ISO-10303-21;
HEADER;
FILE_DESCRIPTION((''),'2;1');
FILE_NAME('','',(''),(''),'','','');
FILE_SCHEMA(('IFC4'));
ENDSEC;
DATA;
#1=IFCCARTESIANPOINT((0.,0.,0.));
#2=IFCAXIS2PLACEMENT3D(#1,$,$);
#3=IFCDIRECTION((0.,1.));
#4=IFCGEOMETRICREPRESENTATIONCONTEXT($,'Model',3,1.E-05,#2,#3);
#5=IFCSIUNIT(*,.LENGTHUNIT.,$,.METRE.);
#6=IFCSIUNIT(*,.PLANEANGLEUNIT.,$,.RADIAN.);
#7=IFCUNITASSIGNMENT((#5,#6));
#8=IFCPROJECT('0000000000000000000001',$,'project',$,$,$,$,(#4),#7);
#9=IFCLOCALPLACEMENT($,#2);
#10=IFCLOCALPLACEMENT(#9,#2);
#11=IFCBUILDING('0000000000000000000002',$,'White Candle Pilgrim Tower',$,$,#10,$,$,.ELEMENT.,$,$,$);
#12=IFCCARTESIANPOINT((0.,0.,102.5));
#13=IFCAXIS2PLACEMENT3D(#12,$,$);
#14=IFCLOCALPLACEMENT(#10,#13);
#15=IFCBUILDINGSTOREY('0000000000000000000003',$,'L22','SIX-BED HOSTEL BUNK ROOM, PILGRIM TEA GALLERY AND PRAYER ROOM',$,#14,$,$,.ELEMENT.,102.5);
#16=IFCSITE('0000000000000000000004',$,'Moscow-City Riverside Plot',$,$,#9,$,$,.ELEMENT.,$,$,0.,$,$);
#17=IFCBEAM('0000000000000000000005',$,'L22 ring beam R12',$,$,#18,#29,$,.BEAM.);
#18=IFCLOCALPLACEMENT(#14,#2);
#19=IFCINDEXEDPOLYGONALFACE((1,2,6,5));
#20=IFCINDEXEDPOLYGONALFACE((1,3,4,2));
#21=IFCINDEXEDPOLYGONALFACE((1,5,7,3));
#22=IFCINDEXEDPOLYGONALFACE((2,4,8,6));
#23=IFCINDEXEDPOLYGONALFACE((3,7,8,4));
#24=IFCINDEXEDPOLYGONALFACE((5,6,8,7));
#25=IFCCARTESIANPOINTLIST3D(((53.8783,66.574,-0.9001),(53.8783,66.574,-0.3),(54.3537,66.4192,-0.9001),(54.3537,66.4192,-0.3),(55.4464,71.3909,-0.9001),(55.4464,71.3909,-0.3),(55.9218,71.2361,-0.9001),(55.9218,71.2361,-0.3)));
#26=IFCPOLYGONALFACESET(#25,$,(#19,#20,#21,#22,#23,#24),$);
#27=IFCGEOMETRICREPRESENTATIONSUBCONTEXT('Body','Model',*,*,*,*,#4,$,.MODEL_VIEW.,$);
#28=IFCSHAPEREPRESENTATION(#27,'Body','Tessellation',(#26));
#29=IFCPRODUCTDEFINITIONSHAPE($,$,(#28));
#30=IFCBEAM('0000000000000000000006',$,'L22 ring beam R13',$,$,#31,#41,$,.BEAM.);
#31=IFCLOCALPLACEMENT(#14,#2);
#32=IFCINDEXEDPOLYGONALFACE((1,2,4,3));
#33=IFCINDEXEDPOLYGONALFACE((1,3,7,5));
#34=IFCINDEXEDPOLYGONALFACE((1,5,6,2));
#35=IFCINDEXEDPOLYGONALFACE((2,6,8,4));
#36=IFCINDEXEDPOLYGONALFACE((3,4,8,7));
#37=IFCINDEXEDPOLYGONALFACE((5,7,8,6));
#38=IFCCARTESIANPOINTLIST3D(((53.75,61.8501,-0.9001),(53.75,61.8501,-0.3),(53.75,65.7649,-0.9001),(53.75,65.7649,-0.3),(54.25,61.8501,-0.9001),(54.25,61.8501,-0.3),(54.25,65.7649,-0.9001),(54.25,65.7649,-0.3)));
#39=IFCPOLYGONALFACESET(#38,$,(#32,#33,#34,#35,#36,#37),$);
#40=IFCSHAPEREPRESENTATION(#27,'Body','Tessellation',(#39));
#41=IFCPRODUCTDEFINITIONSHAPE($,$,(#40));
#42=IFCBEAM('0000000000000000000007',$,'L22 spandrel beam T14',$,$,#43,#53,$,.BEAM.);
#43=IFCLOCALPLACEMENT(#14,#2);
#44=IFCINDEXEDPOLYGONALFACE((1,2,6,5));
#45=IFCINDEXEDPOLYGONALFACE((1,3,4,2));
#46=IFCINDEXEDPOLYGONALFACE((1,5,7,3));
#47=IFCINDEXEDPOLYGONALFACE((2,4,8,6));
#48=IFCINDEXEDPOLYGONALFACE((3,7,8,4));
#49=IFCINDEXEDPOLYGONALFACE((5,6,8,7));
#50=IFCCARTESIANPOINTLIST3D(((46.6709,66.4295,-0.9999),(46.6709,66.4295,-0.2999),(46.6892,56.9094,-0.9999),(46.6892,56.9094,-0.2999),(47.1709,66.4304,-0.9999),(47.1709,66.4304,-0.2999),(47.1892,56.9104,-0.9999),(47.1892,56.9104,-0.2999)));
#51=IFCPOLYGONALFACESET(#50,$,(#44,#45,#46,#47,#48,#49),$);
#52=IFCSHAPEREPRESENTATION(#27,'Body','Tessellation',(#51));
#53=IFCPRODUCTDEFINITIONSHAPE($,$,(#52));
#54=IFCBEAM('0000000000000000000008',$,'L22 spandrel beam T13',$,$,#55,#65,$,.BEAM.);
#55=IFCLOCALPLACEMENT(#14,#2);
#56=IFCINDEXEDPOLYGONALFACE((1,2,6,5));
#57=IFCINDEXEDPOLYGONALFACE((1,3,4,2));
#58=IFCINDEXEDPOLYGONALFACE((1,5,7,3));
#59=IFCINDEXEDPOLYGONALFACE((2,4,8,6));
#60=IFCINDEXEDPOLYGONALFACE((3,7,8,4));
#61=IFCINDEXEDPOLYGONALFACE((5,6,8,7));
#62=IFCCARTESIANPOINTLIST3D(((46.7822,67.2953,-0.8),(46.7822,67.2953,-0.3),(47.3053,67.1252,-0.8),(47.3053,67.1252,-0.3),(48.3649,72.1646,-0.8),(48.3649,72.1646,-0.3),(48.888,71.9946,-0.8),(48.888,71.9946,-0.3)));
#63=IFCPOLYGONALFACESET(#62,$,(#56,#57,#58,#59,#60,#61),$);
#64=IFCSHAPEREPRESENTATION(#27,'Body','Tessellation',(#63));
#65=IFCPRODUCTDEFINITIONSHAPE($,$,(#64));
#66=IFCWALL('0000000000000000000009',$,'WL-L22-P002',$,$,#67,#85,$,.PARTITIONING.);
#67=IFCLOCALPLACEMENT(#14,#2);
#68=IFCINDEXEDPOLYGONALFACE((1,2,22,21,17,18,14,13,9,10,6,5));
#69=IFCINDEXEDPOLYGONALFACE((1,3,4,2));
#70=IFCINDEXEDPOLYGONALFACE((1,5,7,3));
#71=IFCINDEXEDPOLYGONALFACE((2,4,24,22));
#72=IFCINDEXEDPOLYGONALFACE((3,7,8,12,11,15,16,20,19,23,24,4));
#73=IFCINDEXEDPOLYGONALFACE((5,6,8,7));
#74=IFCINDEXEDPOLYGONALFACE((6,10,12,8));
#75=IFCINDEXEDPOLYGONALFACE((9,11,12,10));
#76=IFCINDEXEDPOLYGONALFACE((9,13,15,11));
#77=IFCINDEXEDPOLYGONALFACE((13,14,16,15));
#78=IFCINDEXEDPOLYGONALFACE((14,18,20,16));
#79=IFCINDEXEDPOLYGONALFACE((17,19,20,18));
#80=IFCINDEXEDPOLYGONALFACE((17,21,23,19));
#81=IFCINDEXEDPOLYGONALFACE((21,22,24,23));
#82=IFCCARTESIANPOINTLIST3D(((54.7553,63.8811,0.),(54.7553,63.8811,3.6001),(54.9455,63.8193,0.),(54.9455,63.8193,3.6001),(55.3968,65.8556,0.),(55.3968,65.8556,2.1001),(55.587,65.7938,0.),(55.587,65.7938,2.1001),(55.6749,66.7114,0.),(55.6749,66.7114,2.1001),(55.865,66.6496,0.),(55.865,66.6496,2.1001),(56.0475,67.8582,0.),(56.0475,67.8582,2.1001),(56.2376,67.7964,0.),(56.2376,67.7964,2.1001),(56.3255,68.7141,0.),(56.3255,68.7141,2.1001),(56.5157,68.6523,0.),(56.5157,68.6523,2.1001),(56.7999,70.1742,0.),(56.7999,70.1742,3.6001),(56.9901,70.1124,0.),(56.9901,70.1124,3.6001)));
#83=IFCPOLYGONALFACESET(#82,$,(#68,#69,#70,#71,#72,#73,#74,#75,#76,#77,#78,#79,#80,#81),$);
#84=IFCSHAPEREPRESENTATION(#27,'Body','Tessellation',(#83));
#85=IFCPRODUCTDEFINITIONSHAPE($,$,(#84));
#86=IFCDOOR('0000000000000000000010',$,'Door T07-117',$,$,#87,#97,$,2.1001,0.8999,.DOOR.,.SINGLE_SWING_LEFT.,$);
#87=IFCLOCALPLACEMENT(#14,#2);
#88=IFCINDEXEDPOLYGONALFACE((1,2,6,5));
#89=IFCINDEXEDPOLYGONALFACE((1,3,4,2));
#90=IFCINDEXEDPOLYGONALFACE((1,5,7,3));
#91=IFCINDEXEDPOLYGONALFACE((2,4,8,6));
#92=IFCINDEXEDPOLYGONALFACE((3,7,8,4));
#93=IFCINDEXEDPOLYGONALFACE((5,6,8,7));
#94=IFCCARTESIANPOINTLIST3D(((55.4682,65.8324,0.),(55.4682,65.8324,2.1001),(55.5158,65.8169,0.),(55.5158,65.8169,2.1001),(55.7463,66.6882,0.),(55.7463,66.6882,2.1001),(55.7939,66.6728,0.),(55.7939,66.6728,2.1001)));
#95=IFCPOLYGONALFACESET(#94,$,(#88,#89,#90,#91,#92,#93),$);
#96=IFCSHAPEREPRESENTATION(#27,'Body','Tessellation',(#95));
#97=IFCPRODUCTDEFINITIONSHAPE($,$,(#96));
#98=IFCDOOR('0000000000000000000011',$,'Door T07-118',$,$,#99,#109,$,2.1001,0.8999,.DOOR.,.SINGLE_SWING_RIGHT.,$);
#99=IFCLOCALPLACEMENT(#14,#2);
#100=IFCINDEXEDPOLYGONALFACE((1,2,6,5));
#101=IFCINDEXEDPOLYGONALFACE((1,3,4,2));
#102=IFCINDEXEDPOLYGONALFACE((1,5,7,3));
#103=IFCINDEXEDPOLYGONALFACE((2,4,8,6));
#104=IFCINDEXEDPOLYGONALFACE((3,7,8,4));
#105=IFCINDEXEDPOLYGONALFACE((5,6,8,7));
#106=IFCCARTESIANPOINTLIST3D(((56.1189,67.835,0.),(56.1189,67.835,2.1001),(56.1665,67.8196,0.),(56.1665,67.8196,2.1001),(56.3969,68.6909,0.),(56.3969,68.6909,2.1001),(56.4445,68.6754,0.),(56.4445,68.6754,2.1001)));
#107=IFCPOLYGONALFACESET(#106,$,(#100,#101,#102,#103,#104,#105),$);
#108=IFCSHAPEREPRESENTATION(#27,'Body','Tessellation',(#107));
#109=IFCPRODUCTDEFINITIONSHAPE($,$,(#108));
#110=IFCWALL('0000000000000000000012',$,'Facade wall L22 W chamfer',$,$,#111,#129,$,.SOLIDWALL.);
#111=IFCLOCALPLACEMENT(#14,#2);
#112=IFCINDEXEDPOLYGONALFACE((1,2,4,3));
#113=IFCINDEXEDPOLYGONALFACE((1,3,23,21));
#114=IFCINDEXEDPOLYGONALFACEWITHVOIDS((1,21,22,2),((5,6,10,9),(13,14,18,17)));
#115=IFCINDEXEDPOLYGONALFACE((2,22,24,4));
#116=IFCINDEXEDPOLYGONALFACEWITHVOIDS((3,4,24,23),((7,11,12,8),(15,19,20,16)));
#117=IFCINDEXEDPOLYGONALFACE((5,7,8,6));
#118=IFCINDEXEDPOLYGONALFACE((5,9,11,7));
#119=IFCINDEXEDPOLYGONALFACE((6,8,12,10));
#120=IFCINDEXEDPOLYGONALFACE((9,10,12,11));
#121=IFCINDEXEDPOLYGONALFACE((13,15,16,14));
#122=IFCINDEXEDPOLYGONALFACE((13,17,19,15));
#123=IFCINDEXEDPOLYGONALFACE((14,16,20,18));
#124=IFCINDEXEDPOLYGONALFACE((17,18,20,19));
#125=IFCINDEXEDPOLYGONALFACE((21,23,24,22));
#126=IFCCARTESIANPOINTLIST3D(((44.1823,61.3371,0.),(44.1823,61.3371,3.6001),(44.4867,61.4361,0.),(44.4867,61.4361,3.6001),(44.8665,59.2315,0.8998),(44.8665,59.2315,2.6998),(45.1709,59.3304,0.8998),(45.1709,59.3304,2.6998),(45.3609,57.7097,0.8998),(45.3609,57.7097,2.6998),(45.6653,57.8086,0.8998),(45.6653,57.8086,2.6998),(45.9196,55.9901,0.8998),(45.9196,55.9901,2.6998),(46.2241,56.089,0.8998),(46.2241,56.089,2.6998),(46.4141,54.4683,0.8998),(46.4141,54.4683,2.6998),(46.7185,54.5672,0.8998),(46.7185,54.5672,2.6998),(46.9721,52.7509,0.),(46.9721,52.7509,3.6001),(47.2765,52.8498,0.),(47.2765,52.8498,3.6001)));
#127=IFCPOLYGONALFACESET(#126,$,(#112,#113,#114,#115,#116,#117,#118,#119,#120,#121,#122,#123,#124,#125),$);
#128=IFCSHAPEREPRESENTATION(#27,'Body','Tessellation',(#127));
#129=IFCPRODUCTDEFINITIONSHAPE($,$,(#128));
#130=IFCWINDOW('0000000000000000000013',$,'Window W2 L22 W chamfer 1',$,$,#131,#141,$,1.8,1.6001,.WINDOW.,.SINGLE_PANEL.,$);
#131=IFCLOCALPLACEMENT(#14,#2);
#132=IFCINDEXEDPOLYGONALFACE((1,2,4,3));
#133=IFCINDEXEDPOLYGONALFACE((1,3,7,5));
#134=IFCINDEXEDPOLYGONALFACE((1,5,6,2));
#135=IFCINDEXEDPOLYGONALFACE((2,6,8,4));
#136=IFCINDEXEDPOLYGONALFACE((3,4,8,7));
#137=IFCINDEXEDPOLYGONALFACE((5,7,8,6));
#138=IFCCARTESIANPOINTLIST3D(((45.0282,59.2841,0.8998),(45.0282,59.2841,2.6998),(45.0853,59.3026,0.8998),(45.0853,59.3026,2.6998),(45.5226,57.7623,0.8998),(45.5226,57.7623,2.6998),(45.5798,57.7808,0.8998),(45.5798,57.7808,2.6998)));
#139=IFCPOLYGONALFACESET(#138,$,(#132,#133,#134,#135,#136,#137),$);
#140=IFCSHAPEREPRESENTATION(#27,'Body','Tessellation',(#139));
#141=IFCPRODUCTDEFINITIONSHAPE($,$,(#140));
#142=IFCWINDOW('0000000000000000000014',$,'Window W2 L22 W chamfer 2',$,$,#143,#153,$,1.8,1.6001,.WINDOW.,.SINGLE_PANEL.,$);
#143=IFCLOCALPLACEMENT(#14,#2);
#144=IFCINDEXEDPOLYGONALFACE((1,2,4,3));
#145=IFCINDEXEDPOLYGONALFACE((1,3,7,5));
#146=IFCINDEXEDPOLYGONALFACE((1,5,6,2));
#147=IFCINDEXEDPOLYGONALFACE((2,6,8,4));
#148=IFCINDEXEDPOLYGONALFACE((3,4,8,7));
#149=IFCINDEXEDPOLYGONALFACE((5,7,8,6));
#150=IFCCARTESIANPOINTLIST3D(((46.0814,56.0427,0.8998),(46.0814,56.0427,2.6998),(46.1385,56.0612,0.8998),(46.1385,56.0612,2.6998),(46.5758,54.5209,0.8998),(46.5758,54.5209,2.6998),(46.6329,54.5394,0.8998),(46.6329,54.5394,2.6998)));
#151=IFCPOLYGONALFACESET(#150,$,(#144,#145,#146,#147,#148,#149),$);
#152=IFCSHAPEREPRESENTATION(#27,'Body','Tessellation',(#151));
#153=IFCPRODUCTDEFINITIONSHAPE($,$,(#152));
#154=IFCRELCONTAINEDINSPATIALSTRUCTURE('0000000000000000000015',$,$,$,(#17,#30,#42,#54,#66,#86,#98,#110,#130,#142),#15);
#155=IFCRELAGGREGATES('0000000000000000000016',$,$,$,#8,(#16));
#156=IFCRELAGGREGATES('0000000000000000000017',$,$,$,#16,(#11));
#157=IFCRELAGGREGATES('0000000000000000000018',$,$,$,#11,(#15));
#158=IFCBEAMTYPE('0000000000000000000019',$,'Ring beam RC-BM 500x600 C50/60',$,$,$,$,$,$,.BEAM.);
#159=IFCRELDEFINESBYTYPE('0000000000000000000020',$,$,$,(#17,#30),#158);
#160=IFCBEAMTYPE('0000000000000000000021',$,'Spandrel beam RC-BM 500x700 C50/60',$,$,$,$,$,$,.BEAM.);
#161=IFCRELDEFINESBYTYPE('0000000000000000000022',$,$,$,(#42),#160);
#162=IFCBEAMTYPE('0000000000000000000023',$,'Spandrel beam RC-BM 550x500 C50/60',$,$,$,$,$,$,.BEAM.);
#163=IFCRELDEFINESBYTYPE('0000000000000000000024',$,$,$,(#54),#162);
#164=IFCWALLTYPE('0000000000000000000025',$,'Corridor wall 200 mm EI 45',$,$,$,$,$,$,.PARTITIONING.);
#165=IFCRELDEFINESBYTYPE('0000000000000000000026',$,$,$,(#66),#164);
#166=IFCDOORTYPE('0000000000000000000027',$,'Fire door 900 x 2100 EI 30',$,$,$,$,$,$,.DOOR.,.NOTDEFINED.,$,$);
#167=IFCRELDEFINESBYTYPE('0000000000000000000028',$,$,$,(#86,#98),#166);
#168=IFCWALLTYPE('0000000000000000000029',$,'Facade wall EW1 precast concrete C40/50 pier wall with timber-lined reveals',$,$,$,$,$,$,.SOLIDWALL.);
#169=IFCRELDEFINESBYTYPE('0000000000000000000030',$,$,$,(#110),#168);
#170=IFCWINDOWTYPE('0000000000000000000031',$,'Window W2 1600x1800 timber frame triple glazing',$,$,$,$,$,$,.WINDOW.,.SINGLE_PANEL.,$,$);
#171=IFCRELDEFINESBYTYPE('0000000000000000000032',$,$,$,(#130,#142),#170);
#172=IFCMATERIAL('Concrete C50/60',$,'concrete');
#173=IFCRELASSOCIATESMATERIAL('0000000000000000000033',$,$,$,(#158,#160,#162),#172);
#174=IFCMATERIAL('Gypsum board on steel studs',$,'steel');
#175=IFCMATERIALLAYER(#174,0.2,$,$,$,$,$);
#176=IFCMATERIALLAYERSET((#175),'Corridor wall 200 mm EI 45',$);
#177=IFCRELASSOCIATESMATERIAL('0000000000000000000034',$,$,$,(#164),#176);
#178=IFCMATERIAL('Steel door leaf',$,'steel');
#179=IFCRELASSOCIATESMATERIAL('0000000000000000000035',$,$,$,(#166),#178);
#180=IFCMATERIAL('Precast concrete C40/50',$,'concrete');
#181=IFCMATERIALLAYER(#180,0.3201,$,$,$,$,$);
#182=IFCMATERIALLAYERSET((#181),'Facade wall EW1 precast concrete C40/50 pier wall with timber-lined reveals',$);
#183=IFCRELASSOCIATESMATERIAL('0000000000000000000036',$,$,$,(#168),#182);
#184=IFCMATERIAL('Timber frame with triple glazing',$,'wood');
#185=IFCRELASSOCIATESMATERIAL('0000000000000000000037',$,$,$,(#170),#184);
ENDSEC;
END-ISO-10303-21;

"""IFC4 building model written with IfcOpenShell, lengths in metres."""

from ifc_helpers import new_model, si_unit, direction, frame, frame_2d, origin, origin_2d, place, context, subcontext, project, spatial, rectangle, extrude, material, layer, layer_set, material_profile, profile_set, type_object, element, fill, save


model = new_model("IFC4")

# Units and contexts
model_context = context("Model", 3, precision=1e-05, world=origin(), true_north=direction((0.0, 1.0)))
body_context = subcontext(model_context, "Body", "Model", "MODEL_VIEW")
ifc_project = project(units=[si_unit("LENGTHUNIT", "METRE"), si_unit("PLANEANGLEUNIT", "RADIAN")], contexts=[model_context])

# Site, building, storey
site_placement = place(None, origin())
site = spatial("IfcSite", under=ifc_project, at=site_placement, Name="Moscow-City Riverside Plot", CompositionType="ELEMENT", RefElevation=0.0)
building_placement = place(site_placement, origin())
building = spatial("IfcBuilding", under=site, at=building_placement, Name="White Candle Pilgrim Tower", CompositionType="ELEMENT")
storey_placement = place(building_placement, frame((0.0, 0.0, 102.5)))
storey = spatial("IfcBuildingStorey", under=building, at=storey_placement, Name="L22", Description="SIX-BED HOSTEL BUNK ROOM, PILGRIM TEA GALLERY AND PRAYER ROOM", CompositionType="ELEMENT", Elevation=102.5)

# Beams
ifc_material_1 = material(Name="Concrete C50/60", Category="concrete")
ifc_material_profile_1 = material_profile(ifc_material_1, rectangle(XDim=0.5, YDim=0.6001, at=origin_2d()), Name="RC-BM 500x600")
ifc_profile_set_1 = profile_set([ifc_material_profile_1], Name="Concrete C50/60")
beam_type_1 = type_object("IfcBeamType", Name="Ring beam RC-BM 500x600 C50/60", PredefinedType="BEAM", material=ifc_profile_set_1)
beam_1_placement = place(storey_placement, frame((55.6841, 71.3135, -0.6001), z_axis=(-0.309555, -0.950882, 0.0), x_axis=(0.950882, -0.309555, 0.0)))
element("IfcBeam", 1, at=beam_1_placement, inside=storey, type_object=beam_type_1, Name="L22 ring beam R12", PredefinedType="BEAM", context=body_context, shape_type="SweptSolid", body=[
    extrude(rectangle(XDim=0.5, YDim=0.6001, at=origin_2d()), origin(), (0.0, 0.0, 1.0), 5.0657),
])
beam_2_placement = place(storey_placement, frame((54.0, 65.7649, -0.6001), z_axis=(0.0, -1.0, 0.0), x_axis=(1.0, 0.0, 0.0)))
element("IfcBeam", 2, at=beam_2_placement, inside=storey, type_object=beam_type_1, Name="L22 ring beam R13", PredefinedType="BEAM", context=body_context, shape_type="SweptSolid", body=[
    extrude(rectangle(XDim=0.5, YDim=0.6001, at=origin_2d()), origin(), (0.0, 0.0, 1.0), 3.9148),
])
ifc_material_profile_2 = material_profile(ifc_material_1, rectangle(XDim=0.5, YDim=0.7, at=origin_2d()), Name="RC-BM 500x700")
ifc_profile_set_2 = profile_set([ifc_material_profile_2], Name="Concrete C50/60")
beam_type_2 = type_object("IfcBeamType", Name="Spandrel beam RC-BM 500x700 C50/60", PredefinedType="BEAM", material=ifc_profile_set_2)
beam_3_placement = place(storey_placement, frame((46.9209, 66.4299, -0.6499), z_axis=(0.001923, -0.999998, 0.0), x_axis=(0.999998, 0.001923, 0.0)))
element("IfcBeam", 3, at=beam_3_placement, inside=storey, type_object=beam_type_2, Name="L22 spandrel beam T14", PredefinedType="BEAM", context=body_context, shape_type="SweptSolid", body=[
    extrude(rectangle(XDim=0.5, YDim=0.7, at=origin_2d()), origin(), (0.0, 0.0, 1.0), 9.52),
])
ifc_material_profile_3 = material_profile(ifc_material_1, rectangle(XDim=0.55, YDim=0.5, at=origin_2d()), Name="RC-BM 550x500")
ifc_profile_set_3 = profile_set([ifc_material_profile_3], Name="Concrete C50/60")
beam_type_3 = type_object("IfcBeamType", Name="Spandrel beam RC-BM 550x500 C50/60", PredefinedType="BEAM", material=ifc_profile_set_3)
beam_4_placement = place(storey_placement, frame((48.6265, 72.0796, -0.55), z_axis=(-0.309124, -0.951022, 0.0), x_axis=(0.951022, -0.309124, 0.0)))
element("IfcBeam", 4, at=beam_4_placement, inside=storey, type_object=beam_type_3, Name="L22 spandrel beam T13", PredefinedType="BEAM", context=body_context, shape_type="SweptSolid", body=[
    extrude(rectangle(XDim=0.55, YDim=0.5, at=origin_2d()), origin(), (0.0, 0.0, 1.0), 5.1201),
])

# Wall, openings, doors
ifc_material_2 = material(Name="Gypsum board on steel studs", Category="steel")
ifc_layer_1 = layer(ifc_material_2, 0.2)
ifc_layer_set_1 = layer_set([ifc_layer_1], Name="Corridor wall 200 mm EI 45")
wall_type_1 = type_object("IfcWallType", Name="Corridor wall 200 mm EI 45", PredefinedType="PARTITIONING", material=ifc_layer_set_1)
wall_1_placement = place(storey_placement, frame((54.8503, 63.8501, 0.0), z_axis=(0.0, 0.0, 1.0), x_axis=(0.309002, 0.951061, 0.0)))
wall_1 = element("IfcWall", 5, at=wall_1_placement, inside=storey, type_object=wall_type_1, Name="WL-L22-P002", PredefinedType="PARTITIONING", context=body_context, shape_type="SweptSolid", body=[
    extrude(rectangle(XDim=6.6169, YDim=0.2, at=frame_2d((3.3086, 0.0))), origin(), (0.0, 0.0, 1.0), 3.6001),
])
opening_1_placement = place(wall_1_placement, frame((2.0762, 0.0, 0.0)))
opening_1 = element("IfcOpeningElement", 6, at=opening_1_placement, cuts=wall_1, PredefinedType="OPENING", context=body_context, shape_type="SweptSolid", body=[
    extrude(rectangle(XDim=0.8999, YDim=2.1001, at=frame_2d((0.45, 1.05))), frame((0.0, 0.1099, 0.0), z_axis=(0.0, -1.0, 0.0), x_axis=(1.0, 0.0, 0.0)), (0.0, 0.0, 1.0), 0.22),
])
opening_2_placement = place(wall_1_placement, frame((4.1819, 0.0, 0.0)))
opening_2 = element("IfcOpeningElement", 7, at=opening_2_placement, cuts=wall_1, PredefinedType="OPENING", context=body_context, shape_type="SweptSolid", body=[
    extrude(rectangle(XDim=0.8999, YDim=2.1001, at=frame_2d((0.45, 1.05))), frame((0.0, 0.1099, 0.0), z_axis=(0.0, -1.0, 0.0), x_axis=(1.0, 0.0, 0.0)), (0.0, 0.0, 1.0), 0.22),
])
ifc_material_3 = material(Name="Steel door leaf", Category="steel")
door_type_1 = type_object("IfcDoorType", Name="Fire door 900 x 2100 EI 30", OperationType="NOTDEFINED", PredefinedType="DOOR", material=ifc_material_3)
door_1_placement = place(opening_1_placement, origin())
door_1 = element("IfcDoor", 8, at=door_1_placement, inside=storey, type_object=door_type_1, Name="Door T07-117", OperationType="SINGLE_SWING_LEFT", OverallHeight=2.1001, OverallWidth=0.8999, PredefinedType="DOOR", context=body_context, shape_type="SweptSolid", body=[
    extrude(rectangle(XDim=0.8999, YDim=2.1001, at=frame_2d((0.45, 1.05))), frame((0.0, 0.0249, 0.0), z_axis=(0.0, -1.0, 0.0), x_axis=(1.0, 0.0, 0.0)), (0.0, 0.0, 1.0), 0.05),
])
fill(opening_1, door_1)
door_2_placement = place(opening_2_placement, origin())
door_2 = element("IfcDoor", 9, at=door_2_placement, inside=storey, type_object=door_type_1, Name="Door T07-118", OperationType="SINGLE_SWING_RIGHT", OverallHeight=2.1001, OverallWidth=0.8999, PredefinedType="DOOR", context=body_context, shape_type="SweptSolid", body=[
    extrude(rectangle(XDim=0.8999, YDim=2.1001, at=frame_2d((0.45, 1.05))), frame((0.0, 0.0249, 0.0), z_axis=(0.0, -1.0, 0.0), x_axis=(1.0, 0.0, 0.0)), (0.0, 0.0, 1.0), 0.05),
])
fill(opening_2, door_2)

# Wall, openings, windows
ifc_material_4 = material(Name="Precast concrete C40/50", Category="concrete")
ifc_layer_2 = layer(ifc_material_4, 0.3201)
ifc_layer_set_2 = layer_set([ifc_layer_2], Name="Facade wall EW1 precast concrete C40/50 pier wall with timber-lined reveals")
wall_type_2 = type_object("IfcWallType", Name="Facade wall EW1 precast concrete C40/50 pier wall with timber-lined reveals", PredefinedType="SOLIDWALL", material=ifc_layer_set_2)
wall_2_placement = place(storey_placement, frame((44.3345, 61.3867, 0.0), z_axis=(0.0, 0.0, 1.0), x_axis=(0.309015, -0.951057, 0.0)))
wall_2 = element("IfcWall", 10, at=wall_2_placement, inside=storey, type_object=wall_type_2, Name="Facade wall L22 W chamfer", PredefinedType="SOLIDWALL", context=body_context, shape_type="SweptSolid", body=[
    extrude(rectangle(XDim=9.0281, YDim=0.3201, at=frame_2d((4.5142, 0.0))), origin(), (0.0, 0.0, 1.0), 3.6001),
])
opening_3_placement = place(wall_2_placement, frame((2.2141, 0.0, 0.8999)))
opening_3 = element("IfcOpeningElement", 11, at=opening_3_placement, cuts=wall_2, PredefinedType="OPENING", context=body_context, shape_type="SweptSolid", body=[
    extrude(rectangle(XDim=1.6001, YDim=1.8, at=frame_2d((0.8, 0.8999))), frame((0.0, 0.1699, 0.0), z_axis=(0.0, -1.0, 0.0), x_axis=(1.0, 0.0, 0.0)), (0.0, 0.0, 1.0), 0.3401),
])
opening_4_placement = place(wall_2_placement, frame((5.6223, 0.0, 0.8999)))
opening_4 = element("IfcOpeningElement", 12, at=opening_4_placement, cuts=wall_2, PredefinedType="OPENING", context=body_context, shape_type="SweptSolid", body=[
    extrude(rectangle(XDim=1.6001, YDim=1.8, at=frame_2d((0.8, 0.8999))), frame((0.0, 0.1699, 0.0), z_axis=(0.0, -1.0, 0.0), x_axis=(1.0, 0.0, 0.0)), (0.0, 0.0, 1.0), 0.3401),
])
ifc_material_5 = material(Name="Timber frame with triple glazing", Category="wood")
window_type = type_object("IfcWindowType", Name="Window W2 1600x1800 timber frame triple glazing", PartitioningType="SINGLE_PANEL", PredefinedType="WINDOW", material=ifc_material_5)
window_1_placement = place(opening_3_placement, origin())
window_1 = element("IfcWindow", 13, at=window_1_placement, inside=storey, type_object=window_type, Name="Window W2 L22 W chamfer 1", OverallHeight=1.8, OverallWidth=1.6001, PartitioningType="SINGLE_PANEL", PredefinedType="WINDOW", context=body_context, shape_type="SweptSolid", body=[
    extrude(rectangle(XDim=1.6001, YDim=1.8, at=frame_2d((0.8, 0.8999))), frame((0.0, 0.0701, 0.0), z_axis=(0.0, -1.0, 0.0), x_axis=(1.0, 0.0, 0.0)), (0.0, 0.0, 1.0), 0.0601),
])
fill(opening_3, window_1)
window_2_placement = place(opening_4_placement, origin())
window_2 = element("IfcWindow", 14, at=window_2_placement, inside=storey, type_object=window_type, Name="Window W2 L22 W chamfer 2", OverallHeight=1.8, OverallWidth=1.6001, PartitioningType="SINGLE_PANEL", PredefinedType="WINDOW", context=body_context, shape_type="SweptSolid", body=[
    extrude(rectangle(XDim=1.6001, YDim=1.8, at=frame_2d((0.8, 0.8999))), frame((0.0, 0.0701, 0.0), z_axis=(0.0, -1.0, 0.0), x_axis=(1.0, 0.0, 0.0)), (0.0, 0.0, 1.0), 0.0601),
])
fill(opening_4, window_2)

save(model, "model.ifc")
